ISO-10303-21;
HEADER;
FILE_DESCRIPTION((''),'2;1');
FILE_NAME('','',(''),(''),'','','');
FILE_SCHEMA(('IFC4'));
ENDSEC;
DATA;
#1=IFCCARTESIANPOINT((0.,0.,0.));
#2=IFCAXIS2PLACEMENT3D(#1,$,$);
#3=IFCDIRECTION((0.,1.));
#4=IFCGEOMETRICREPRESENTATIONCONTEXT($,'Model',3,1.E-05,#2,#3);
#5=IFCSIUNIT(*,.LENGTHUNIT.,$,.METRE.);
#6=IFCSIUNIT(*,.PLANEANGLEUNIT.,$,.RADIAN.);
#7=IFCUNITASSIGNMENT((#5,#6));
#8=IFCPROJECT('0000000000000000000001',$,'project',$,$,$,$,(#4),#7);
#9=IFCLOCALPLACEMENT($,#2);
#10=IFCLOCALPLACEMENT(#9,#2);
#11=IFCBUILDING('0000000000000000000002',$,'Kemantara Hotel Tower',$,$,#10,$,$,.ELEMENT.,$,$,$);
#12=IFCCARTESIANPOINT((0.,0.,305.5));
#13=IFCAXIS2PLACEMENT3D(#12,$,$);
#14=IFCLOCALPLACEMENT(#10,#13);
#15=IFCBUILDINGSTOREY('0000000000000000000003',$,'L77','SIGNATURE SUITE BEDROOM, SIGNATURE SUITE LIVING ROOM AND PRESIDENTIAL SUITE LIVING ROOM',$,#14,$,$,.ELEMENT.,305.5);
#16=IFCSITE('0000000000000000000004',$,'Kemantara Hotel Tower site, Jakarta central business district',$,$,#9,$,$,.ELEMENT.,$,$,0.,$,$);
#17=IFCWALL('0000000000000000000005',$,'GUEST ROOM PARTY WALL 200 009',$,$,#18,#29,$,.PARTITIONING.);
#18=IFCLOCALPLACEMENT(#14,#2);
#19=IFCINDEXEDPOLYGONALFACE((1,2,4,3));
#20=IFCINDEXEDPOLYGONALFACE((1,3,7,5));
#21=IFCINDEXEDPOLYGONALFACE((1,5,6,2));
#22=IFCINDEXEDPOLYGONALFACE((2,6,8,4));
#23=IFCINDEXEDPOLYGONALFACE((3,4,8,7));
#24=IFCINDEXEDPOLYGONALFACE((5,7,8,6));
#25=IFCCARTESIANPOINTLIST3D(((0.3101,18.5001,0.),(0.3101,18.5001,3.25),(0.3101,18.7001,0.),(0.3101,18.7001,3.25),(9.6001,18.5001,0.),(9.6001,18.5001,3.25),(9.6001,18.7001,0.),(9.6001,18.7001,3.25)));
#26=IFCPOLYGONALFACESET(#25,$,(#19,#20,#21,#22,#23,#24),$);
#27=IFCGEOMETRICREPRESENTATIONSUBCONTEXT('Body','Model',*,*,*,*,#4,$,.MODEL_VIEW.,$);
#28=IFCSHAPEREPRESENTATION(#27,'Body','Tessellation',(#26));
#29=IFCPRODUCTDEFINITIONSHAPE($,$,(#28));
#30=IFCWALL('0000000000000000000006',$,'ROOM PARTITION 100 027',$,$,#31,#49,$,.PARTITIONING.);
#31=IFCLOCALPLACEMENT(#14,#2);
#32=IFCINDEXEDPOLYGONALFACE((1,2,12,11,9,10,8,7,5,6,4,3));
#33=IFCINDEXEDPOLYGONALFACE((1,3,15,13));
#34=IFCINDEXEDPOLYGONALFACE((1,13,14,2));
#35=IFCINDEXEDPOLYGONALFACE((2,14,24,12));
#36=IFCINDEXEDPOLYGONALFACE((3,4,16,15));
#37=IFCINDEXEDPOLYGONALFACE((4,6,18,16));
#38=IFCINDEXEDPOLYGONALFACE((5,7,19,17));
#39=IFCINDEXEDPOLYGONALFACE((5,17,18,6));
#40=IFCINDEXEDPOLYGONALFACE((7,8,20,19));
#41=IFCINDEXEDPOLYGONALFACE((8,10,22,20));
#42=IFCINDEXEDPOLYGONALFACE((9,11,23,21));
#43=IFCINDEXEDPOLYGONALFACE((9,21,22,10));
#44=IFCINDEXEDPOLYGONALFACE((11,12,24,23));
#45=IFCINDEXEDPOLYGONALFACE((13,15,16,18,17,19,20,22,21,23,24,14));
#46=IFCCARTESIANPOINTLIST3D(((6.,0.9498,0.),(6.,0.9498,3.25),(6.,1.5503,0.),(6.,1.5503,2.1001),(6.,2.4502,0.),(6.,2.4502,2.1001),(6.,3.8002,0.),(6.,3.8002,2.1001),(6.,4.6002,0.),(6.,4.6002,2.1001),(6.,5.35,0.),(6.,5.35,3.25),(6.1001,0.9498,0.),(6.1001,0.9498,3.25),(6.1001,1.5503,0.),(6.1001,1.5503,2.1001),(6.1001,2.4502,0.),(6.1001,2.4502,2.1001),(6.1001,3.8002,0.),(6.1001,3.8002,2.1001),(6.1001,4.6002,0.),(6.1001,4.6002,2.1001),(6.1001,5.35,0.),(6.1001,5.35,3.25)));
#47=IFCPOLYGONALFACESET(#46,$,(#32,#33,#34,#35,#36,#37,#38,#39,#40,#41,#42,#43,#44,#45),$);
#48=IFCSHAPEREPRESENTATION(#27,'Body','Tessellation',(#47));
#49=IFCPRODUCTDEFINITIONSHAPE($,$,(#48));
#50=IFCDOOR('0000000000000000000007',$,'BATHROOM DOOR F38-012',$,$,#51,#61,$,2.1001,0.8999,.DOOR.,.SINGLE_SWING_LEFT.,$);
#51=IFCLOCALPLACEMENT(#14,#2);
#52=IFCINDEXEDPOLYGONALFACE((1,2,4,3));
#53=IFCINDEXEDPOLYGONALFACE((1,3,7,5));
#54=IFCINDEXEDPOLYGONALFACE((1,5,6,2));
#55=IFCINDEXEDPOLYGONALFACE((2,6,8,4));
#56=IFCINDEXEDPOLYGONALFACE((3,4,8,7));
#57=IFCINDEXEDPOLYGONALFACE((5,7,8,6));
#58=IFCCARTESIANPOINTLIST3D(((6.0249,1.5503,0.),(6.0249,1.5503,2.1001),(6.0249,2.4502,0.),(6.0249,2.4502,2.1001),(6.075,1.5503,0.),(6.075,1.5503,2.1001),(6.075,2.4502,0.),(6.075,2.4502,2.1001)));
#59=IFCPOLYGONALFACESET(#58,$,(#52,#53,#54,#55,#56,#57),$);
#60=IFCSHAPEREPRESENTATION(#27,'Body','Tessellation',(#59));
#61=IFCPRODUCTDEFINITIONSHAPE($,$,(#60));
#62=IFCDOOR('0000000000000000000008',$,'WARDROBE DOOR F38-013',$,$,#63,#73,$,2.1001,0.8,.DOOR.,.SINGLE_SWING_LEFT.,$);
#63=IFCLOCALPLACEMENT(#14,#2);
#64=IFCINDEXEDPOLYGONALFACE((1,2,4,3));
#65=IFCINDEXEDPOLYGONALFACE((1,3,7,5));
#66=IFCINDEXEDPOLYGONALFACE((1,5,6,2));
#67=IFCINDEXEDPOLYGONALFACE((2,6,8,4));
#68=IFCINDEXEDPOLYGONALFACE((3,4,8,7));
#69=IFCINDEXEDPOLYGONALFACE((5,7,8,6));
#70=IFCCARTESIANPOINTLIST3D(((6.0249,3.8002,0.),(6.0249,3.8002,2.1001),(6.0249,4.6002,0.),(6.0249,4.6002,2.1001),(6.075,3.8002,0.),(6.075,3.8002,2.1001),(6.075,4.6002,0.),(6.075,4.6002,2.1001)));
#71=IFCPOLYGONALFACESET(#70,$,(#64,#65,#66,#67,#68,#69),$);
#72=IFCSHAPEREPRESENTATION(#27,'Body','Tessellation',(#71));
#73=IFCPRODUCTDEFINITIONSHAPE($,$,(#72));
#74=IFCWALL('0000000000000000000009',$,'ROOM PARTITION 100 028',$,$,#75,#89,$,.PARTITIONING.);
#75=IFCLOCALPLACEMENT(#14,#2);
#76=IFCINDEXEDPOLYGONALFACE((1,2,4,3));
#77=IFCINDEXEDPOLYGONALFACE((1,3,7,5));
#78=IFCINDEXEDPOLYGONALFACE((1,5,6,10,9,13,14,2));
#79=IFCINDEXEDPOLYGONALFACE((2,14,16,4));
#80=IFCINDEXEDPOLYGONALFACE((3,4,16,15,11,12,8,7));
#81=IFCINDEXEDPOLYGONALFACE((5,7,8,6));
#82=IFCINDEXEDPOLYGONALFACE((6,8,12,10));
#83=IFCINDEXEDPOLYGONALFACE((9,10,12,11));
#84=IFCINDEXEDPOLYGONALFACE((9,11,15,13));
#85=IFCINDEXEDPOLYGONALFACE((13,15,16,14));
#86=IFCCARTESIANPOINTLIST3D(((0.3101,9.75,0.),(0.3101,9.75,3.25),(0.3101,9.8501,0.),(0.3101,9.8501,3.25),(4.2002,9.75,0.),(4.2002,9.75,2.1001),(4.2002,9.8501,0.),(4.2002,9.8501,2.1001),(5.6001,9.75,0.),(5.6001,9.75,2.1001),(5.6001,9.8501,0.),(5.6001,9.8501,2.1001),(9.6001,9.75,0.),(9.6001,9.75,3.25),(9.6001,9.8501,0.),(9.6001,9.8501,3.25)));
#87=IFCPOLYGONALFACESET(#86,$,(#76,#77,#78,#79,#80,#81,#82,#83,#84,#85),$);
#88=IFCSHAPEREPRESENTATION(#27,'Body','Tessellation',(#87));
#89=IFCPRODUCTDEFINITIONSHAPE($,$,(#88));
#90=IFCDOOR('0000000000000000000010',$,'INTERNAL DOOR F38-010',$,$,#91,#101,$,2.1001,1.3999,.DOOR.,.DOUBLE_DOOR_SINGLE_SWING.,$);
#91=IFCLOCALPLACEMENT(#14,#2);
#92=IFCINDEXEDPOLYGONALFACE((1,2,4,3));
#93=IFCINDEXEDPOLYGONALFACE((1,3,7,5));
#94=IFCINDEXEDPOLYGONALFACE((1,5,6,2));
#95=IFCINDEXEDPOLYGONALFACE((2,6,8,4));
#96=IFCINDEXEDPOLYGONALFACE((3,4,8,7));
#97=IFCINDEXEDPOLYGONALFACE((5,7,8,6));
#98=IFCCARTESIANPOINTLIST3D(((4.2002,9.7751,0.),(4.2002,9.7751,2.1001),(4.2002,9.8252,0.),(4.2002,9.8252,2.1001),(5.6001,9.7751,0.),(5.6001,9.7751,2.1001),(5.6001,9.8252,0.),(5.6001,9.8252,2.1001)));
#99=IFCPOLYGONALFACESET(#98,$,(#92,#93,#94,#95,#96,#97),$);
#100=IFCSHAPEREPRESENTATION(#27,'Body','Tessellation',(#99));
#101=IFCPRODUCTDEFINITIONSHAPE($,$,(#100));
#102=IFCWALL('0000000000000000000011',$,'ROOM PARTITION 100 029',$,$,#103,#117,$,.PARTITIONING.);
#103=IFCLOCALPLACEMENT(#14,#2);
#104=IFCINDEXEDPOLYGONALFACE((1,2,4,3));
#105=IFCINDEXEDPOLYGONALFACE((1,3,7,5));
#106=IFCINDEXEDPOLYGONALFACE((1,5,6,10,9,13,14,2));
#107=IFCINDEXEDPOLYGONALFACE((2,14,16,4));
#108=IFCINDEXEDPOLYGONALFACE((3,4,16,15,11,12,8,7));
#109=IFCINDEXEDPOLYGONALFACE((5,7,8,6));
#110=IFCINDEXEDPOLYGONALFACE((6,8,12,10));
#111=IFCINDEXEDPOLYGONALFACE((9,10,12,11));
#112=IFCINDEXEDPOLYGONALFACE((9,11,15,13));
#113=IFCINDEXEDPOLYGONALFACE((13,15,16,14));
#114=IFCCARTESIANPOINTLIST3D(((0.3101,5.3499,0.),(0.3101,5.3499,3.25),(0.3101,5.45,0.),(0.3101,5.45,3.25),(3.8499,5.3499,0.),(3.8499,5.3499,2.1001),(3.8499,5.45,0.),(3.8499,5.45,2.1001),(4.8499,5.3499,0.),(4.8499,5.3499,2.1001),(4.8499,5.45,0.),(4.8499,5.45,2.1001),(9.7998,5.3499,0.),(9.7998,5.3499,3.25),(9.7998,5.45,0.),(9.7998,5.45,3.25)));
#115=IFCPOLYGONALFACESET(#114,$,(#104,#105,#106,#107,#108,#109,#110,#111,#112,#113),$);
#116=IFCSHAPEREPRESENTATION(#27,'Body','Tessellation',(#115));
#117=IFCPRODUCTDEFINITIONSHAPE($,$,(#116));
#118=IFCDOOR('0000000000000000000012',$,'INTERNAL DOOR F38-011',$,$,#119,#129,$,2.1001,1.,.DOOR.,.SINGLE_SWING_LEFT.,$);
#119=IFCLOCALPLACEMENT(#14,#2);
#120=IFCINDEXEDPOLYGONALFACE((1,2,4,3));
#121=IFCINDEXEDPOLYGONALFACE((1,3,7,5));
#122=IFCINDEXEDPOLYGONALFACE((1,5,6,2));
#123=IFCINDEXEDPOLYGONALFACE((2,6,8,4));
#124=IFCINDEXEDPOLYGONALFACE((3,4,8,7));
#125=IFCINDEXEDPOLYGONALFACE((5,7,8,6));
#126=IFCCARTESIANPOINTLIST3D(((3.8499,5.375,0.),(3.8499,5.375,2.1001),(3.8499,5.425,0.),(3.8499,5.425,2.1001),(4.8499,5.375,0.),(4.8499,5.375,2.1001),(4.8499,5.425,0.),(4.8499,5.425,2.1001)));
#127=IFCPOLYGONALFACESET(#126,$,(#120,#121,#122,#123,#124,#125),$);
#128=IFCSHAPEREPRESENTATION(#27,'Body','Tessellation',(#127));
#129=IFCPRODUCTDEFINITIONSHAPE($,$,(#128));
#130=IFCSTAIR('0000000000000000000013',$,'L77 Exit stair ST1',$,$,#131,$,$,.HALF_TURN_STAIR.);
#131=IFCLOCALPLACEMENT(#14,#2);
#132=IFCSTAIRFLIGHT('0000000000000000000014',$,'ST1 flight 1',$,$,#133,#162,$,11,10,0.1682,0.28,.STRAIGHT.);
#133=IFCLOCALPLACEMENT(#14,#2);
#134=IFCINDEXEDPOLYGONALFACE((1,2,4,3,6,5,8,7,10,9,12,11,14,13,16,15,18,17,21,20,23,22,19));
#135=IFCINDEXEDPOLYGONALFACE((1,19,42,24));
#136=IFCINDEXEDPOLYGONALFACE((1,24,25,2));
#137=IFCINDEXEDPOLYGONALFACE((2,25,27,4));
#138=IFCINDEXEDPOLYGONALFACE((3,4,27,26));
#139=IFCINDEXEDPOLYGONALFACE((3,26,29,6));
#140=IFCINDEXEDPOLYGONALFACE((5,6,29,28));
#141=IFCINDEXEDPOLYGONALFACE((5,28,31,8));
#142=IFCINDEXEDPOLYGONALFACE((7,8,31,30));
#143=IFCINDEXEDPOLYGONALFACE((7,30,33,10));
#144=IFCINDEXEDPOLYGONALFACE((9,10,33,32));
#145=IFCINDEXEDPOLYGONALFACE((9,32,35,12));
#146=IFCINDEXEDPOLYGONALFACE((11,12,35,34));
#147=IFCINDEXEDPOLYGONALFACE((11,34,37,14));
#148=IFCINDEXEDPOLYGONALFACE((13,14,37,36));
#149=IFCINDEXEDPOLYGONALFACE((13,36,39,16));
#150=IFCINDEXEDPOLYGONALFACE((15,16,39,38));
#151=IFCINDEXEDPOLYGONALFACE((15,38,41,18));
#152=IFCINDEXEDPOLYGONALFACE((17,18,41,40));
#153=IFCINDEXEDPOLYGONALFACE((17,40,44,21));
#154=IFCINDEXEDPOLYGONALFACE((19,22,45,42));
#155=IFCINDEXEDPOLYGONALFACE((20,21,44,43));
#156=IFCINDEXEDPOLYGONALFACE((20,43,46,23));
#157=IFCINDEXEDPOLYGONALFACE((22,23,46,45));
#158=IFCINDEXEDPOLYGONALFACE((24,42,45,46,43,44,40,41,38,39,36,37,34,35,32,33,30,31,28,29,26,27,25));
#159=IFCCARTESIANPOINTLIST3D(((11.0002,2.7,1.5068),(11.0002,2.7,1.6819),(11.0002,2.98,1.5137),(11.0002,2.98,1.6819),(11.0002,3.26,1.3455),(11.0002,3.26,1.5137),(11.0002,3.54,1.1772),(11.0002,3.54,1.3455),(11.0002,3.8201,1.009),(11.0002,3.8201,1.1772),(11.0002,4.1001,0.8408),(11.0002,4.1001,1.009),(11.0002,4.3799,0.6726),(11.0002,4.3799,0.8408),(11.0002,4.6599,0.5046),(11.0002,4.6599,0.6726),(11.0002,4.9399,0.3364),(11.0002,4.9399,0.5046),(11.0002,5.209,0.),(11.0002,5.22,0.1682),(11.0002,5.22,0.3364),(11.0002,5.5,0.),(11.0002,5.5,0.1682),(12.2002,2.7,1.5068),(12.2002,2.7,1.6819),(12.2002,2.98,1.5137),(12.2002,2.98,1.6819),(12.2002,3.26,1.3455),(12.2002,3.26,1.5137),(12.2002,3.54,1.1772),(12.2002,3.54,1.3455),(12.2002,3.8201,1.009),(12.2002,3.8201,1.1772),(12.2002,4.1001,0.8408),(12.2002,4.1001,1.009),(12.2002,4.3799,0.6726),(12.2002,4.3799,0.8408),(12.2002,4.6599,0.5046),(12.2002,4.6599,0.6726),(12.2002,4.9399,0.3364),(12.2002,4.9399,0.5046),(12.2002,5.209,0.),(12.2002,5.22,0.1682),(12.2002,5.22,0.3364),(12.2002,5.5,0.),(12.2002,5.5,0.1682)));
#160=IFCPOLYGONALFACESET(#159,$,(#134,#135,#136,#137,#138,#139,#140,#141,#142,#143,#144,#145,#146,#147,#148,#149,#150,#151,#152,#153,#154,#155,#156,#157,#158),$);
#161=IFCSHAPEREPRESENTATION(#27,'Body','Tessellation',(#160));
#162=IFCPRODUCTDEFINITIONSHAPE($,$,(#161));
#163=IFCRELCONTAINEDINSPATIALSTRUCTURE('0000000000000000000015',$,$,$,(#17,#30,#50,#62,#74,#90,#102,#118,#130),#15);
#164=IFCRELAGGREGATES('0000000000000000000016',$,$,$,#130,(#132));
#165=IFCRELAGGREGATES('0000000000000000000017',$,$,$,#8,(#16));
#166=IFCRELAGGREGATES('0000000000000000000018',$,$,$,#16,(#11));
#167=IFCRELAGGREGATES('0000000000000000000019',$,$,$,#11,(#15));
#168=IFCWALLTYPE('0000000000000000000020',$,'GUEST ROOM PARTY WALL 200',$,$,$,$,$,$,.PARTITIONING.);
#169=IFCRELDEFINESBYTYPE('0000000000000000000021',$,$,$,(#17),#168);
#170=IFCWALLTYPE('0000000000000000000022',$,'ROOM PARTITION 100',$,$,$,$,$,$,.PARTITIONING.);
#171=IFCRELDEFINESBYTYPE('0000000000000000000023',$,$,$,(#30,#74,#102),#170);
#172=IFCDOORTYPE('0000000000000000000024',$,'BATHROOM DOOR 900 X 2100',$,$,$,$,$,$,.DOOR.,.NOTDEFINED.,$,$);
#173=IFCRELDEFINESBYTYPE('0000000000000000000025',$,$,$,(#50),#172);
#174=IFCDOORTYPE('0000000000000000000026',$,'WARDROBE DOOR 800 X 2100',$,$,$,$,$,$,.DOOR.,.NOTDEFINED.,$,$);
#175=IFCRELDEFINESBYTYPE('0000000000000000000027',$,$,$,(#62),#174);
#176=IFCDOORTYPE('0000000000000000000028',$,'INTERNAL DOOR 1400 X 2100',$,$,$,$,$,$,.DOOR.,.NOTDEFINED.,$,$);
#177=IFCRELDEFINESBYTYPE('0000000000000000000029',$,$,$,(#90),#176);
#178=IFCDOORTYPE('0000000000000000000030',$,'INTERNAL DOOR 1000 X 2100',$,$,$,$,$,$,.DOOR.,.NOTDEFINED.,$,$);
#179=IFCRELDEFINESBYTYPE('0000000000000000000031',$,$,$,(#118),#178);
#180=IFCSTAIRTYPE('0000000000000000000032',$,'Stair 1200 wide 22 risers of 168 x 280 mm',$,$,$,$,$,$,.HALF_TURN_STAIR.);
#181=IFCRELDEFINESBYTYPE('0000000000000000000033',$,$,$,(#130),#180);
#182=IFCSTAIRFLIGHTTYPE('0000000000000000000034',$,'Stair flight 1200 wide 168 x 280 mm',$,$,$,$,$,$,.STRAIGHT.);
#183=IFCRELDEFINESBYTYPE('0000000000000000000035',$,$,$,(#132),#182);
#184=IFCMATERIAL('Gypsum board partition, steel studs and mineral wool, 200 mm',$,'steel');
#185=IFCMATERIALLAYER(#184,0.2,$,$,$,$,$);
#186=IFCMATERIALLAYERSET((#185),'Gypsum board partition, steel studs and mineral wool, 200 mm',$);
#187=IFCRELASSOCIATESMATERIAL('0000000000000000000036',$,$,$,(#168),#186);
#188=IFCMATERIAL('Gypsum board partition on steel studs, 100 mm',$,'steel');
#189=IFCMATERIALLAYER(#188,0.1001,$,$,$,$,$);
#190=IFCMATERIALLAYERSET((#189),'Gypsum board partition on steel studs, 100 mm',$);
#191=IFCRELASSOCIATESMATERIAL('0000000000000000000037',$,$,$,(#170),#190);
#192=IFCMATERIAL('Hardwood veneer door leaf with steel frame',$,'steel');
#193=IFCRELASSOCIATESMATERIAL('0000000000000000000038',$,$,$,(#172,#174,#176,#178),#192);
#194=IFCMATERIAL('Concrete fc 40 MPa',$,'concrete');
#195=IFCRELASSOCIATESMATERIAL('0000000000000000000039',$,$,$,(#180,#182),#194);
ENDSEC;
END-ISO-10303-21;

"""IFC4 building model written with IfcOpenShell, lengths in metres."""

from ifc_helpers import new_model, si_unit, direction, frame, frame_2d, origin, place, context, subcontext, project, spatial, polyline, rectangle, outline, extrude, material, layer, layer_set, type_object, element, fill, aggregate, save


model = new_model("IFC4")

# Units and contexts
model_context = context("Model", 3, precision=1e-05, world=origin(), true_north=direction((0.0, 1.0)))
body_context = subcontext(model_context, "Body", "Model", "MODEL_VIEW")
ifc_project = project(units=[si_unit("LENGTHUNIT", "METRE"), si_unit("PLANEANGLEUNIT", "RADIAN")], contexts=[model_context])

# Site, building, storey
site_placement = place(None, origin())
site = spatial("IfcSite", under=ifc_project, at=site_placement, Name="Kemantara Hotel Tower site, Jakarta central business district", CompositionType="ELEMENT", RefElevation=0.0)
building_placement = place(site_placement, origin())
building = spatial("IfcBuilding", under=site, at=building_placement, Name="Kemantara Hotel Tower", CompositionType="ELEMENT")
storey_placement = place(building_placement, frame((0.0, 0.0, 305.5)))
storey = spatial("IfcBuildingStorey", under=building, at=storey_placement, Name="L77", Description="SIGNATURE SUITE BEDROOM, SIGNATURE SUITE LIVING ROOM AND PRESIDENTIAL SUITE LIVING ROOM", CompositionType="ELEMENT", Elevation=305.5)

# Shared definitions
ifc_material_1 = material(Name="Gypsum board partition, steel studs and mineral wool, 200 mm", Category="steel")
ifc_material_2 = material(Name="Hardwood veneer door leaf with steel frame", Category="steel")

# Wall
ifc_layer_1 = layer(ifc_material_1, 0.2)
ifc_layer_set_1 = layer_set([ifc_layer_1], Name="Gypsum board partition, steel studs and mineral wool, 200 mm")
wall_type_1 = type_object("IfcWallType", Name="GUEST ROOM PARTY WALL 200", PredefinedType="PARTITIONING", material=ifc_layer_set_1)
wall_1_placement = place(storey_placement, frame((0.3101, 18.6001, 0.0), z_axis=(0.0, 0.0, 1.0), x_axis=(1.0, 0.0, 0.0)))
element("IfcWall", 1, at=wall_1_placement, inside=storey, type_object=wall_type_1, Name="GUEST ROOM PARTY WALL 200 009", PredefinedType="PARTITIONING", context=body_context, shape_type="SweptSolid", body=[
    extrude(rectangle(XDim=9.29, YDim=0.2, at=frame_2d((4.645, 0.0))), origin(), (0.0, 0.0, 1.0), 3.25),
])

# Wall, openings, doors
ifc_material_3 = material(Name="Gypsum board partition on steel studs, 100 mm", Category="steel")
ifc_layer_2 = layer(ifc_material_3, 0.1001)
ifc_layer_set_2 = layer_set([ifc_layer_2], Name="Gypsum board partition on steel studs, 100 mm")
wall_type_2 = type_object("IfcWallType", Name="ROOM PARTITION 100", PredefinedType="PARTITIONING", material=ifc_layer_set_2)
wall_2_placement = place(storey_placement, frame((6.05, 5.3501, 0.0), z_axis=(0.0, 0.0, 1.0), x_axis=(0.0, -1.0, 0.0)))
wall_2 = element("IfcWall", 2, at=wall_2_placement, inside=storey, type_object=wall_type_2, Name="ROOM PARTITION 100 027", PredefinedType="PARTITIONING", context=body_context, shape_type="SweptSolid", body=[
    extrude(rectangle(XDim=4.4001, YDim=0.1001, at=frame_2d((2.2002, 0.0))), origin(), (0.0, 0.0, 1.0), 3.25),
])
opening_1_placement = place(wall_2_placement, frame((2.8999, 0.0, 0.0)))
opening_1 = element("IfcOpeningElement", 3, at=opening_1_placement, cuts=wall_2, PredefinedType="OPENING", context=body_context, shape_type="SweptSolid", body=[
    extrude(rectangle(XDim=0.8999, YDim=2.1001, at=frame_2d((0.45, 1.05))), frame((0.0, 0.0601, 0.0), z_axis=(0.0, -1.0, 0.0), x_axis=(1.0, 0.0, 0.0)), (0.0, 0.0, 1.0), 0.1201),
])
opening_2_placement = place(wall_2_placement, frame((0.75, 0.0, 0.0)))
opening_2 = element("IfcOpeningElement", 4, at=opening_2_placement, cuts=wall_2, PredefinedType="OPENING", context=body_context, shape_type="SweptSolid", body=[
    extrude(rectangle(XDim=0.8, YDim=2.1001, at=frame_2d((0.3999, 1.05))), frame((0.0, 0.0601, 0.0), z_axis=(0.0, -1.0, 0.0), x_axis=(1.0, 0.0, 0.0)), (0.0, 0.0, 1.0), 0.1201),
])
door_type_1 = type_object("IfcDoorType", Name="BATHROOM DOOR 900 X 2100", OperationType="NOTDEFINED", PredefinedType="DOOR", material=ifc_material_2)
door_1_placement = place(opening_1_placement, origin())
door_1 = element("IfcDoor", 5, at=door_1_placement, inside=storey, type_object=door_type_1, Name="BATHROOM DOOR F38-012", OperationType="SINGLE_SWING_LEFT", OverallHeight=2.1001, OverallWidth=0.8999, PredefinedType="DOOR", context=body_context, shape_type="SweptSolid", body=[
    extrude(rectangle(XDim=0.8999, YDim=2.1001, at=frame_2d((0.45, 1.05))), frame((0.0, 0.0249, 0.0), z_axis=(0.0, -1.0, 0.0), x_axis=(1.0, 0.0, 0.0)), (0.0, 0.0, 1.0), 0.05),
])
fill(opening_1, door_1)
door_type_2 = type_object("IfcDoorType", Name="WARDROBE DOOR 800 X 2100", OperationType="NOTDEFINED", PredefinedType="DOOR", material=ifc_material_2)
door_2_placement = place(opening_2_placement, origin())
door_2 = element("IfcDoor", 6, at=door_2_placement, inside=storey, type_object=door_type_2, Name="WARDROBE DOOR F38-013", OperationType="SINGLE_SWING_LEFT", OverallHeight=2.1001, OverallWidth=0.8, PredefinedType="DOOR", context=body_context, shape_type="SweptSolid", body=[
    extrude(rectangle(XDim=0.8, YDim=2.1001, at=frame_2d((0.3999, 1.05))), frame((0.0, 0.0249, 0.0), z_axis=(0.0, -1.0, 0.0), x_axis=(1.0, 0.0, 0.0)), (0.0, 0.0, 1.0), 0.05),
])
fill(opening_2, door_2)

# Walls, openings, doors
wall_3_placement = place(storey_placement, frame((9.6001, 9.8, 0.0), z_axis=(0.0, 0.0, 1.0), x_axis=(-1.0, 0.0, 0.0)))
wall_3 = element("IfcWall", 7, at=wall_3_placement, inside=storey, type_object=wall_type_2, Name="ROOM PARTITION 100 028", PredefinedType="PARTITIONING", context=body_context, shape_type="SweptSolid", body=[
    extrude(rectangle(XDim=9.29, YDim=0.1001, at=frame_2d((4.645, 0.0))), origin(), (0.0, 0.0, 1.0), 3.25),
])
opening_3_placement = place(wall_3_placement, frame((4.0, 0.0, 0.0)))
opening_3 = element("IfcOpeningElement", 8, at=opening_3_placement, cuts=wall_3, PredefinedType="OPENING", context=body_context, shape_type="SweptSolid", body=[
    extrude(rectangle(XDim=1.3999, YDim=2.1001, at=frame_2d((0.7, 1.05))), frame((0.0, 0.0601, 0.0), z_axis=(0.0, -1.0, 0.0), x_axis=(1.0, 0.0, 0.0)), (0.0, 0.0, 1.0), 0.1201),
])
door_type_3 = type_object("IfcDoorType", Name="INTERNAL DOOR 1400 X 2100", OperationType="NOTDEFINED", PredefinedType="DOOR", material=ifc_material_2)
door_3_placement = place(opening_3_placement, origin())
door_3 = element("IfcDoor", 9, at=door_3_placement, inside=storey, type_object=door_type_3, Name="INTERNAL DOOR F38-010", OperationType="DOUBLE_DOOR_SINGLE_SWING", OverallHeight=2.1001, OverallWidth=1.3999, PredefinedType="DOOR", context=body_context, shape_type="SweptSolid", body=[
    extrude(rectangle(XDim=1.3999, YDim=2.1001, at=frame_2d((0.7, 1.05))), frame((0.0, 0.0249, 0.0), z_axis=(0.0, -1.0, 0.0), x_axis=(1.0, 0.0, 0.0)), (0.0, 0.0, 1.0), 0.05),
])
fill(opening_3, door_3)
wall_4_placement = place(storey_placement, frame((9.7998, 5.3999, 0.0), z_axis=(0.0, 0.0, 1.0), x_axis=(-1.0, 0.0, 0.0)))
wall_4 = element("IfcWall", 10, at=wall_4_placement, inside=storey, type_object=wall_type_2, Name="ROOM PARTITION 100 029", PredefinedType="PARTITIONING", context=body_context, shape_type="SweptSolid", body=[
    extrude(rectangle(XDim=9.4897, YDim=0.1001, at=frame_2d((4.7449, 0.0))), origin(), (0.0, 0.0, 1.0), 3.25),
])
opening_4_placement = place(wall_4_placement, frame((4.95, 0.0, 0.0)))
opening_4 = element("IfcOpeningElement", 11, at=opening_4_placement, cuts=wall_4, PredefinedType="OPENING", context=body_context, shape_type="SweptSolid", body=[
    extrude(rectangle(XDim=1.0, YDim=2.1001, at=frame_2d((0.5, 1.05))), frame((0.0, 0.0601, 0.0), z_axis=(0.0, -1.0, 0.0), x_axis=(1.0, 0.0, 0.0)), (0.0, 0.0, 1.0), 0.1201),
])
door_type_4 = type_object("IfcDoorType", Name="INTERNAL DOOR 1000 X 2100", OperationType="NOTDEFINED", PredefinedType="DOOR", material=ifc_material_2)
door_4_placement = place(opening_4_placement, origin())
door_4 = element("IfcDoor", 12, at=door_4_placement, inside=storey, type_object=door_type_4, Name="INTERNAL DOOR F38-011", OperationType="SINGLE_SWING_LEFT", OverallHeight=2.1001, OverallWidth=1.0, PredefinedType="DOOR", context=body_context, shape_type="SweptSolid", body=[
    extrude(rectangle(XDim=1.0, YDim=2.1001, at=frame_2d((0.5, 1.05))), frame((0.0, 0.0249, 0.0), z_axis=(0.0, -1.0, 0.0), x_axis=(1.0, 0.0, 0.0)), (0.0, 0.0, 1.0), 0.05),
])
fill(opening_4, door_4)

# Stair, stair flight
ifc_material_4 = material(Name="Concrete fc 40 MPa", Category="concrete")
stair_type = type_object("IfcStairType", Name="Stair 1200 wide 22 risers of 168 x 280 mm", PredefinedType="HALF_TURN_STAIR", material=ifc_material_4)
stair_placement = place(storey_placement, origin())
stair = element("IfcStair", 13, at=stair_placement, inside=storey, type_object=stair_type, Name="L77 Exit stair ST1", PredefinedType="HALF_TURN_STAIR")
stair_flight_type = type_object("IfcStairFlightType", Name="Stair flight 1200 wide 168 x 280 mm", PredefinedType="STRAIGHT", material=ifc_material_4)
stair_flight_placement = place(storey_placement, frame((11.6001, 5.5, 0.0), z_axis=(0.0, 0.0, 1.0), x_axis=(0.0, -1.0, 0.0)))
stair_flight = element("IfcStairFlight", 14, at=stair_flight_placement, type_object=stair_flight_type, Name="ST1 flight 1", NumberOfRisers=11, NumberOfTreads=10, PredefinedType="STRAIGHT", RiserHeight=0.1682, TreadLength=0.28, context=body_context, shape_type="SweptSolid", body=[
    extrude(outline(polyline([(0.0, 0.0), (0.0, 0.1682), (0.28, 0.1682), (0.28, 0.3364), (0.5601, 0.3364), (0.5601, 0.5046), (0.8401, 0.5046), (0.8401, 0.6726), (1.1201, 0.6726), (1.1201, 0.8408), (1.3999, 0.8408), (1.3999, 1.009), (1.6799, 1.009), (1.6799, 1.1772), (1.96, 1.1772), (1.96, 1.3455), (2.24, 1.3455), (2.24, 1.5137), (2.52, 1.5137), (2.52, 1.6819), (2.8, 1.6819), (2.8, 1.8501), (2.8, 1.5068), (0.291, 0.0), (0.0, 0.0)])), frame((0.0, 0.6001, 0.0), z_axis=(0.0, -1.0, 0.0), x_axis=(1.0, 0.0, 0.0)), (0.0, 0.0, 1.0), 1.2),
])
aggregate(stair, [stair_flight])

save(model, "model.ifc")
